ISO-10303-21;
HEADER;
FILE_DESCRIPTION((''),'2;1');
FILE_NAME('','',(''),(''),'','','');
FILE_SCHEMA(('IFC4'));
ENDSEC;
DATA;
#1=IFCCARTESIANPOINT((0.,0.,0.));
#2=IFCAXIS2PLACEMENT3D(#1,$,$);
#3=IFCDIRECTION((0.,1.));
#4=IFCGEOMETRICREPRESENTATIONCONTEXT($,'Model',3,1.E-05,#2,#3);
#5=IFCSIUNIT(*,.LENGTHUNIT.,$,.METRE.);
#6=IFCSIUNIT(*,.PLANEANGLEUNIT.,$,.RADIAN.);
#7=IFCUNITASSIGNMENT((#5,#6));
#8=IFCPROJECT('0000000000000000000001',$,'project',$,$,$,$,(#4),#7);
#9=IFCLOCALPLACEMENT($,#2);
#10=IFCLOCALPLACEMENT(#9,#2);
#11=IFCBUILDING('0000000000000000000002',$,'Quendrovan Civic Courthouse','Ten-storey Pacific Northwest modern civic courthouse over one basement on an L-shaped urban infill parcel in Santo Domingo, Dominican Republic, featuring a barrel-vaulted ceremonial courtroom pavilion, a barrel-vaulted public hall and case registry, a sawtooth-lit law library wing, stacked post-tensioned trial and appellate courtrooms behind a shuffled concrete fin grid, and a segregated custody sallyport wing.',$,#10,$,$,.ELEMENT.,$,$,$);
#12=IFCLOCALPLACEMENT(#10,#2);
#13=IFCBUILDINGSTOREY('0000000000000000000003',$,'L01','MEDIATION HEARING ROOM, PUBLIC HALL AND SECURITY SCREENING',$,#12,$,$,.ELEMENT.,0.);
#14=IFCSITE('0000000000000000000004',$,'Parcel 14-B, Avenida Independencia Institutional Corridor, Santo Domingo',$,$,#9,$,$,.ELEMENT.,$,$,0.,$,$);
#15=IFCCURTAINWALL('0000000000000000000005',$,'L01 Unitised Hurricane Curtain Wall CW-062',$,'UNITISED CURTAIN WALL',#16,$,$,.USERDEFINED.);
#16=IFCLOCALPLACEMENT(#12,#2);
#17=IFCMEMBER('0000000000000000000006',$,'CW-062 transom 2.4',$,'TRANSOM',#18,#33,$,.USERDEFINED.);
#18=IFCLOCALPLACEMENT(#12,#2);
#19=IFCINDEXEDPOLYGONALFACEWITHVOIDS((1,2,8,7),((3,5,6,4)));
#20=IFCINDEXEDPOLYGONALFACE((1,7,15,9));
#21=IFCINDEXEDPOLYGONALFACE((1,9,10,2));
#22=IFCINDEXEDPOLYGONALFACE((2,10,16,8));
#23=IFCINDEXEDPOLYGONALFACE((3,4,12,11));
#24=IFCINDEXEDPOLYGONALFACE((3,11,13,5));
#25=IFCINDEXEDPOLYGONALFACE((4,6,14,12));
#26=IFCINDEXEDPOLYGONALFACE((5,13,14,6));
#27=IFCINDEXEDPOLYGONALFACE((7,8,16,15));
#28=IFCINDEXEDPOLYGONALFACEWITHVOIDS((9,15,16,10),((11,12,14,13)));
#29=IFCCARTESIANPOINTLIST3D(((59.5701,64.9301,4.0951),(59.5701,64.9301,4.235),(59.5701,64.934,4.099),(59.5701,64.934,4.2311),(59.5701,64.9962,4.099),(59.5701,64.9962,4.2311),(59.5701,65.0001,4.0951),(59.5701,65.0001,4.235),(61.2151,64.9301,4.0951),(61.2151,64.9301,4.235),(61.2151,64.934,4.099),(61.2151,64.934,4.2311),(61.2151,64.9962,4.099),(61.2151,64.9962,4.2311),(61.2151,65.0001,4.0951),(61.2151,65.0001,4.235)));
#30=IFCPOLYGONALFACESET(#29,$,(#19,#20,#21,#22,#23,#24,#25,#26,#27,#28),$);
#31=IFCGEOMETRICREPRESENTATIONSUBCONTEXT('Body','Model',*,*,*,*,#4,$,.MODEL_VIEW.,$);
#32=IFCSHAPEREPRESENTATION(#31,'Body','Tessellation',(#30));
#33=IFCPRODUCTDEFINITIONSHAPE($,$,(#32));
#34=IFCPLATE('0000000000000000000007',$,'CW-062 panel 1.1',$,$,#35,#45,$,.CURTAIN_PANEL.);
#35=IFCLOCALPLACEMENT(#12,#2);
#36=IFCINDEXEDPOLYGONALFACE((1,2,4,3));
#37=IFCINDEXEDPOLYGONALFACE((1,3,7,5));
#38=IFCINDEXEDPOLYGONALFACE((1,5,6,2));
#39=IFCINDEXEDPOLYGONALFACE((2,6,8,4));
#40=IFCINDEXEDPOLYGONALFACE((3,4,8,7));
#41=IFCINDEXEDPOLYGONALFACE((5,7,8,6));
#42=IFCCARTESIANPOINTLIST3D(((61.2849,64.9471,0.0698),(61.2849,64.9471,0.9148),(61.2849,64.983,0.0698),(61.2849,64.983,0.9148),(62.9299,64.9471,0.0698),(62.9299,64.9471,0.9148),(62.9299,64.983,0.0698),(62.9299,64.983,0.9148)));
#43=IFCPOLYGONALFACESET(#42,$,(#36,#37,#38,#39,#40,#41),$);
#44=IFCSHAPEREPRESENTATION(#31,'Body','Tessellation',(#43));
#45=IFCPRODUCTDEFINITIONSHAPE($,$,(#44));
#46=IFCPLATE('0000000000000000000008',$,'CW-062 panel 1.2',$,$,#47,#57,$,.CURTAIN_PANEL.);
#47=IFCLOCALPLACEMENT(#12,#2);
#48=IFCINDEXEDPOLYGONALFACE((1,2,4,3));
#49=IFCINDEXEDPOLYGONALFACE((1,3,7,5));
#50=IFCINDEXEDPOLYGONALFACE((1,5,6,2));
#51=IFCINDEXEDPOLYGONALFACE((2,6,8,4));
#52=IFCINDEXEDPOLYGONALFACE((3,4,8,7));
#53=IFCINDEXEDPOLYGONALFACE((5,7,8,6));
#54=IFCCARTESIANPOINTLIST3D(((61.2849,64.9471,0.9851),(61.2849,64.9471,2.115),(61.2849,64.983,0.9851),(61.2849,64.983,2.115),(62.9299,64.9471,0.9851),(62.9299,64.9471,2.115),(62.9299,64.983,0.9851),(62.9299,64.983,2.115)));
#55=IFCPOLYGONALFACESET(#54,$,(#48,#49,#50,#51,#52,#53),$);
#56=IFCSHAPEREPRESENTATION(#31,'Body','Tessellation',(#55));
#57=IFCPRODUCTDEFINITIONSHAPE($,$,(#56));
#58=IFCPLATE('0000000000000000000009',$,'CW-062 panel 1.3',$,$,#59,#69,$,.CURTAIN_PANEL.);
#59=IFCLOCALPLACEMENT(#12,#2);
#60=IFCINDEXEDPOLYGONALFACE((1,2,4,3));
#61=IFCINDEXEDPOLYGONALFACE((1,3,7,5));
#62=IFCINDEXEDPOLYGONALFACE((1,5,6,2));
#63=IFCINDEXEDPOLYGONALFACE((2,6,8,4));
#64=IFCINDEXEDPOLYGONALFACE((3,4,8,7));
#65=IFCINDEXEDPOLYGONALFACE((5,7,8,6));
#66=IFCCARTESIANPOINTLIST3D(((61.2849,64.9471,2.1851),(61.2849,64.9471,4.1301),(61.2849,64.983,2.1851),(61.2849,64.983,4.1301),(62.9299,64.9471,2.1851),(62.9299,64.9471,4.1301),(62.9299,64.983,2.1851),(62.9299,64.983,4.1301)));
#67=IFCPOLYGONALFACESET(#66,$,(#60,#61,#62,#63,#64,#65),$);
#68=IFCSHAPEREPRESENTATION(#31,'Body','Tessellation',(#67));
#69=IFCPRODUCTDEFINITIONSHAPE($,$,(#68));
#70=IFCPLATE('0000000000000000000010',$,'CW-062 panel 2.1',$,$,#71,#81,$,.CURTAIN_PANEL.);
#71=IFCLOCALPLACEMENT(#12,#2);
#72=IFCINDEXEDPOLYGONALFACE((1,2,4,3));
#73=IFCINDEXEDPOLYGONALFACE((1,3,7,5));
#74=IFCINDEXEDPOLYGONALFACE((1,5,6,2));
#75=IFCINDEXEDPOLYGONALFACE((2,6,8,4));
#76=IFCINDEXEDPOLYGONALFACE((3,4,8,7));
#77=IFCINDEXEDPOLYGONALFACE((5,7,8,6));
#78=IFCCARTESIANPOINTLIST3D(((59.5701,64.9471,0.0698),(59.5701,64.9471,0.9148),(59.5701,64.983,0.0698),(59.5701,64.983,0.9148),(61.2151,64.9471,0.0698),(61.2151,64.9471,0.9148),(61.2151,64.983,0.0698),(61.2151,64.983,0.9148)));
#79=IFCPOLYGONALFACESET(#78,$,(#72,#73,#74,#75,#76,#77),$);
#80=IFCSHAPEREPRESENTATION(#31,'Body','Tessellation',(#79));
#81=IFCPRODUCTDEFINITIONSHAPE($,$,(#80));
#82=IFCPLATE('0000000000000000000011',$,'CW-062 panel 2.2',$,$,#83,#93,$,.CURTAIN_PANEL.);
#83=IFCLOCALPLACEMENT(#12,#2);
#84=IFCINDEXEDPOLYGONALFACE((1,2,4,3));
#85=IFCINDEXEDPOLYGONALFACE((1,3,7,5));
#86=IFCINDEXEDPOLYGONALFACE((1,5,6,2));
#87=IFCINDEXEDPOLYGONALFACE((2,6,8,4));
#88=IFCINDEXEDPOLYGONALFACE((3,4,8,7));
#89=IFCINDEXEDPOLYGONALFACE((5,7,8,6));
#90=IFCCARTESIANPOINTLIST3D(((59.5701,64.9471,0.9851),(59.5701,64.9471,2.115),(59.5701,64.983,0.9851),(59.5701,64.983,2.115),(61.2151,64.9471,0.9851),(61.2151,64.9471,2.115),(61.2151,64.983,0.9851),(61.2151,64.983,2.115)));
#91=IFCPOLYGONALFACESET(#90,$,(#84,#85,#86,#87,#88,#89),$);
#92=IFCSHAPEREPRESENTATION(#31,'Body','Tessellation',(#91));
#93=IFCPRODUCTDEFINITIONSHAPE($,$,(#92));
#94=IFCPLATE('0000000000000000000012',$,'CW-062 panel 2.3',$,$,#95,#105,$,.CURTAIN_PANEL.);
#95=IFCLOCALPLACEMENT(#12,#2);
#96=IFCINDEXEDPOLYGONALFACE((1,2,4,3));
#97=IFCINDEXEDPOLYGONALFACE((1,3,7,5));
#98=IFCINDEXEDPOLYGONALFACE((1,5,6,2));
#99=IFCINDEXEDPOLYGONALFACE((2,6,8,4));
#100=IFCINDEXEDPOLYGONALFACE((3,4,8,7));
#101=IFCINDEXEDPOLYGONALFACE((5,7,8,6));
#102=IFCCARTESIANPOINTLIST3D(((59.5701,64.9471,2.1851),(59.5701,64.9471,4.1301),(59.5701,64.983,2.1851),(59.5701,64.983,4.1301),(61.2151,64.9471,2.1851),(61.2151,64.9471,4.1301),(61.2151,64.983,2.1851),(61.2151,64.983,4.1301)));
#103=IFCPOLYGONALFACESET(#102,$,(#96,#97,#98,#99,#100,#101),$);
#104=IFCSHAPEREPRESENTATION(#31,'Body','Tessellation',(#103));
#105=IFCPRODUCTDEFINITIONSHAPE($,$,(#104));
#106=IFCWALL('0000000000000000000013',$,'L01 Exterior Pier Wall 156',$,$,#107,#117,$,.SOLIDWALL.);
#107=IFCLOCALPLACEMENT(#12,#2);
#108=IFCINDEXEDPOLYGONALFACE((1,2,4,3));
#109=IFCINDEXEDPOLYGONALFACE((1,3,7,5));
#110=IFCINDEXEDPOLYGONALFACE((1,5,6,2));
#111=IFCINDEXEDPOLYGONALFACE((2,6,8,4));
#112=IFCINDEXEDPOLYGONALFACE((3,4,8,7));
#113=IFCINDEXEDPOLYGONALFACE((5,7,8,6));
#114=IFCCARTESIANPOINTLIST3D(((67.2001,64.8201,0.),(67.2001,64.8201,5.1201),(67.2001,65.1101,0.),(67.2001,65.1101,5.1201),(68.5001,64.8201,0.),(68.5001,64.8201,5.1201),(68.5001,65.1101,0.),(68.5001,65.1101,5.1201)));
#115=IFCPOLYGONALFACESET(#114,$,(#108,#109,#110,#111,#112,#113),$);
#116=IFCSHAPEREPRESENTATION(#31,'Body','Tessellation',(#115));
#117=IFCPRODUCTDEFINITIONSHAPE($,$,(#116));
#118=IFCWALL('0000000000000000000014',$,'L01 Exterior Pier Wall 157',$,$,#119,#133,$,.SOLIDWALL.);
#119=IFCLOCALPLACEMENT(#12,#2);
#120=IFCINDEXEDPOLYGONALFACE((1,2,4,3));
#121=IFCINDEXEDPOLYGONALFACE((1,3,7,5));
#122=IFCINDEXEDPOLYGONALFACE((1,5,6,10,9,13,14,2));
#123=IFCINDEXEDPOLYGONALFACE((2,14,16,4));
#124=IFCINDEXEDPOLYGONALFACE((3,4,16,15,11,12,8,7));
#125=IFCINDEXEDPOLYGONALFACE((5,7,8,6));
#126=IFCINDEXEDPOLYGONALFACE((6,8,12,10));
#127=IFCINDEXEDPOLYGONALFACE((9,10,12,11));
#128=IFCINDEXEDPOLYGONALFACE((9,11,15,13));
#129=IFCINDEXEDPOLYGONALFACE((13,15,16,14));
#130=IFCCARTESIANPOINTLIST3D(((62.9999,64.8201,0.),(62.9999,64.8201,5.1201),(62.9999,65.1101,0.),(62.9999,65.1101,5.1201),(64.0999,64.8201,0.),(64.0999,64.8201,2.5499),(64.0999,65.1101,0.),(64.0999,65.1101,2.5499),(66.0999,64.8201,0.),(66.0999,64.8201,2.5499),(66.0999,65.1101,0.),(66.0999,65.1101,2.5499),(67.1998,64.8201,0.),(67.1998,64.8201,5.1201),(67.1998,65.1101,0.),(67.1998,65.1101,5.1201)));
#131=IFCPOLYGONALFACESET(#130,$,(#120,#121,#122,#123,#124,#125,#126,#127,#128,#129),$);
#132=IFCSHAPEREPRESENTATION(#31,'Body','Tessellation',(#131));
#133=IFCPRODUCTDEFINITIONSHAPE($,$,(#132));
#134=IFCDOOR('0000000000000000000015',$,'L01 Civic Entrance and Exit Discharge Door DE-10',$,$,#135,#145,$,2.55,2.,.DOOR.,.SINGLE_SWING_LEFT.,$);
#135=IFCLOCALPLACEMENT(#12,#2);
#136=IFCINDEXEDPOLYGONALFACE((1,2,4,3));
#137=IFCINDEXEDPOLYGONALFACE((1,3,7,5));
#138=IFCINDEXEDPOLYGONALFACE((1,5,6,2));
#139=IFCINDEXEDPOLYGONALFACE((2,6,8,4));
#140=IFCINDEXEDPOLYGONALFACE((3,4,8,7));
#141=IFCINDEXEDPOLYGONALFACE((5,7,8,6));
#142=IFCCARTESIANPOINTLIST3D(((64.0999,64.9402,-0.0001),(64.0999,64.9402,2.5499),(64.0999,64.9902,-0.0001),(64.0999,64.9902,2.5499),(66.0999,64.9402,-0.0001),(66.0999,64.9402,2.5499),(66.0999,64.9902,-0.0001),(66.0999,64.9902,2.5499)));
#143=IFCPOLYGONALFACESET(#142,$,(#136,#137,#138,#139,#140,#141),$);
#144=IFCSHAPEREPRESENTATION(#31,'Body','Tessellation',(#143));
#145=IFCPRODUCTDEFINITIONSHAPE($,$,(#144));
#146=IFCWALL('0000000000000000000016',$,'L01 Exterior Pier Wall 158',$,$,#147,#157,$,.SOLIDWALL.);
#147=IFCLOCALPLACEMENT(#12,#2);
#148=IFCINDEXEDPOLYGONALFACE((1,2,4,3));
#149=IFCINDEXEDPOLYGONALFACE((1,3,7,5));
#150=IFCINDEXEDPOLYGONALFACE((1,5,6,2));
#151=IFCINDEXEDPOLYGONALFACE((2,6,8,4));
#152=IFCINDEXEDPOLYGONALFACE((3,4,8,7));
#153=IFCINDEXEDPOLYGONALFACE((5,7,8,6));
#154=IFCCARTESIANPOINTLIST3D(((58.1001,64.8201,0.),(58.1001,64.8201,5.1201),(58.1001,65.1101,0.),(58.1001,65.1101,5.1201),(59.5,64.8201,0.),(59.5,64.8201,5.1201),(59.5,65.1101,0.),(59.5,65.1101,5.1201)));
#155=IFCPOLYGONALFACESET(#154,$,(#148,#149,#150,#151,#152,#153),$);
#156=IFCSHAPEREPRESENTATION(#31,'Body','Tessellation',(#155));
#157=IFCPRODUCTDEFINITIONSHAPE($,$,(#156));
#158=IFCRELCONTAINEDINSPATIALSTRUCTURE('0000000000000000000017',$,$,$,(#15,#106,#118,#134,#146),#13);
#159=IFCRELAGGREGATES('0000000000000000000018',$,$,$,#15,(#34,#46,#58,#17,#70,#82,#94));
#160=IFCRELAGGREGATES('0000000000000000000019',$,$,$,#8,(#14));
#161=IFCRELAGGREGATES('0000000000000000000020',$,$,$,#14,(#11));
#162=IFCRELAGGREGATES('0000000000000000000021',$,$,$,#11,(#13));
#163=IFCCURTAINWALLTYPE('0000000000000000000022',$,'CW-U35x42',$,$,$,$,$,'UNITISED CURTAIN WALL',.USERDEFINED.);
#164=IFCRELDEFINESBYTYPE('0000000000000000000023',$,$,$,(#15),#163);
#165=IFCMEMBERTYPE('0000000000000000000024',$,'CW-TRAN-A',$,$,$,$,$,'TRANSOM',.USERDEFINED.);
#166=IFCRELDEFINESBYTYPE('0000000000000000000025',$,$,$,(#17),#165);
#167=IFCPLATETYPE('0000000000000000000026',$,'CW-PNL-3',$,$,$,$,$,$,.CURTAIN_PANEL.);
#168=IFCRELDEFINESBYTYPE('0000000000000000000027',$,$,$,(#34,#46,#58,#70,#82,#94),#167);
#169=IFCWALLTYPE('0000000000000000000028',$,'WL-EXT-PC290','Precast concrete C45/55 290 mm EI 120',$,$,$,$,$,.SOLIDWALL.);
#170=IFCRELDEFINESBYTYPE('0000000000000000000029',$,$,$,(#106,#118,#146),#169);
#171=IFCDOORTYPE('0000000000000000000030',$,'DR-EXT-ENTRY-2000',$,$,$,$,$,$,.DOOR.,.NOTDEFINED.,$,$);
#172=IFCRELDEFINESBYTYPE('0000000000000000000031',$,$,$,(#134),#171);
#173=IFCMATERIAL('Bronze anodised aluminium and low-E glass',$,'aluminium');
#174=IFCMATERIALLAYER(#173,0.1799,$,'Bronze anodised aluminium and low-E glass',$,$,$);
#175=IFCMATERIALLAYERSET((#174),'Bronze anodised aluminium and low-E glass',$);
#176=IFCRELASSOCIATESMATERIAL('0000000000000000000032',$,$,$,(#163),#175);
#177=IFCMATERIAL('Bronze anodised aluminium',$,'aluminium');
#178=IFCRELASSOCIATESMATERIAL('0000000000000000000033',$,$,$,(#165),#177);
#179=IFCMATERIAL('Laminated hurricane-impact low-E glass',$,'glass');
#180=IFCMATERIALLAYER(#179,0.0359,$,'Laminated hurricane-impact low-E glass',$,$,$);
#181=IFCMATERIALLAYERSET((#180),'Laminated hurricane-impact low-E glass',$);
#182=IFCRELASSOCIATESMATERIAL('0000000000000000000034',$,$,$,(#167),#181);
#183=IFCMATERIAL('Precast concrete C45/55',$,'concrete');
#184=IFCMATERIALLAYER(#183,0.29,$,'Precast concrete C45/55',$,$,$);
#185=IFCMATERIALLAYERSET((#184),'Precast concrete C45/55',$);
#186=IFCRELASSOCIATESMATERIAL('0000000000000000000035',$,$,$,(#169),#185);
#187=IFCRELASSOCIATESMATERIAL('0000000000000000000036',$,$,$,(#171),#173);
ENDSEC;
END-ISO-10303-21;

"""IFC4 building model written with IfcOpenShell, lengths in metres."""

from ifc_helpers import new_model, si_unit, direction, frame, frame_2d, origin, origin_2d, place, context, subcontext, project, spatial, rectangle, hollow_rectangle, extrude, material, layer, layer_set, material_profile, profile_set, type_object, element, fill, aggregate, save


model = new_model("IFC4")

# Units and contexts
model_context = context("Model", 3, precision=1e-05, world=origin(), true_north=direction((0.0, 1.0)))
body_context = subcontext(model_context, "Body", "Model", "MODEL_VIEW")
ifc_project = project(units=[si_unit("LENGTHUNIT", "METRE"), si_unit("PLANEANGLEUNIT", "RADIAN")], contexts=[model_context])

# Site, building, storey
site_placement = place(None, origin())
site = spatial("IfcSite", under=ifc_project, at=site_placement, Name="Parcel 14-B, Avenida Independencia Institutional Corridor, Santo Domingo", CompositionType="ELEMENT", RefElevation=0.0)
building_placement = place(site_placement, origin())
building = spatial("IfcBuilding", under=site, at=building_placement, Name="Quendrovan Civic Courthouse", Description="Ten-storey Pacific Northwest modern civic courthouse over one basement on an L-shaped urban infill parcel in Santo Domingo, Dominican Republic, featuring a barrel-vaulted ceremonial courtroom pavilion, a barrel-vaulted public hall and case registry, a sawtooth-lit law library wing, stacked post-tensioned trial and appellate courtrooms behind a shuffled concrete fin grid, and a segregated custody sallyport wing.", CompositionType="ELEMENT")
storey_placement = place(building_placement, origin())
storey = spatial("IfcBuildingStorey", under=building, at=storey_placement, Name="L01", Description="MEDIATION HEARING ROOM, PUBLIC HALL AND SECURITY SCREENING", CompositionType="ELEMENT", Elevation=0.0)

# Curtain wall
ifc_material_1 = material(Name="Bronze anodised aluminium and low-E glass", Category="aluminium")
ifc_layer_1 = layer(ifc_material_1, 0.1799, Name="Bronze anodised aluminium and low-E glass")
ifc_layer_set_1 = layer_set([ifc_layer_1], Name="Bronze anodised aluminium and low-E glass")
curtain_wall_type_1 = type_object("IfcCurtainWallType", Name="CW-U35x42", ElementType="UNITISED CURTAIN WALL", PredefinedType="USERDEFINED", material=ifc_layer_set_1)
curtain_wall_1_placement = place(storey_placement, origin())
curtain_wall_1 = element("IfcCurtainWall", 1, at=curtain_wall_1_placement, inside=storey, type_object=curtain_wall_type_1, Name="L01 Unitised Hurricane Curtain Wall CW-062", ObjectType="UNITISED CURTAIN WALL", PredefinedType="USERDEFINED")
ifc_material_2 = material(Name="Bronze anodised aluminium", Category="aluminium")

# Member
ifc_material_profile_1 = material_profile(ifc_material_2, hollow_rectangle(XDim=0.0701, YDim=0.1399, WallThickness=0.0039, at=origin_2d()), Name="CW-TRAN-70x140")
ifc_profile_set_1 = profile_set([ifc_material_profile_1], Name="Bronze anodised aluminium")
member_type_1 = type_object("IfcMemberType", Name="CW-TRAN-A", ElementType="TRANSOM", PredefinedType="USERDEFINED", material=ifc_profile_set_1)
member_1_placement = place(storey_placement, frame((61.2151, 64.9651, 4.165), z_axis=(-1.0, 0.0, 0.0), x_axis=(0.0, -1.0, 0.0)))
member_1 = element("IfcMember", 2, at=member_1_placement, type_object=member_type_1, Name="CW-062 transom 2.4", ObjectType="TRANSOM", PredefinedType="USERDEFINED", context=body_context, shape_type="SweptSolid", body=[
    extrude(hollow_rectangle(XDim=0.0701, YDim=0.1399, WallThickness=0.0039, at=origin_2d()), origin(), (0.0, 0.0, 1.0), 1.645),
])

# Plates
ifc_material_3 = material(Name="Laminated hurricane-impact low-E glass", Category="glass")
ifc_layer_2 = layer(ifc_material_3, 0.0359, Name="Laminated hurricane-impact low-E glass")
ifc_layer_set_2 = layer_set([ifc_layer_2], Name="Laminated hurricane-impact low-E glass")
plate_type = type_object("IfcPlateType", Name="CW-PNL-3", PredefinedType="CURTAIN_PANEL", material=ifc_layer_set_2)
plate_1_placement = place(storey_placement, frame((62.1074, 64.9651, 0.0698), z_axis=(0.0, 0.0, 1.0), x_axis=(-1.0, 0.0, 0.0)))
plate_1 = element("IfcPlate", 3, at=plate_1_placement, type_object=plate_type, Name="CW-062 panel 1.1", PredefinedType="CURTAIN_PANEL", context=body_context, shape_type="SweptSolid", body=[
    extrude(rectangle(XDim=1.645, YDim=0.0359, at=origin_2d()), origin(), (0.0, 0.0, 1.0), 0.845),
])
plate_2_placement = place(storey_placement, frame((62.1074, 64.9651, 0.9851), z_axis=(0.0, 0.0, 1.0), x_axis=(-1.0, 0.0, 0.0)))
plate_2 = element("IfcPlate", 4, at=plate_2_placement, type_object=plate_type, Name="CW-062 panel 1.2", PredefinedType="CURTAIN_PANEL", context=body_context, shape_type="SweptSolid", body=[
    extrude(rectangle(XDim=1.645, YDim=0.0359, at=origin_2d()), origin(), (0.0, 0.0, 1.0), 1.1299),
])
plate_3_placement = place(storey_placement, frame((62.1074, 64.9651, 2.1851), z_axis=(0.0, 0.0, 1.0), x_axis=(-1.0, 0.0, 0.0)))
plate_3 = element("IfcPlate", 5, at=plate_3_placement, type_object=plate_type, Name="CW-062 panel 1.3", PredefinedType="CURTAIN_PANEL", context=body_context, shape_type="SweptSolid", body=[
    extrude(rectangle(XDim=1.645, YDim=0.0359, at=origin_2d()), origin(), (0.0, 0.0, 1.0), 1.9451),
])
plate_4_placement = place(storey_placement, frame((60.3926, 64.9651, 0.0698), z_axis=(0.0, 0.0, 1.0), x_axis=(-1.0, 0.0, 0.0)))
plate_4 = element("IfcPlate", 6, at=plate_4_placement, type_object=plate_type, Name="CW-062 panel 2.1", PredefinedType="CURTAIN_PANEL", context=body_context, shape_type="SweptSolid", body=[
    extrude(rectangle(XDim=1.645, YDim=0.0359, at=origin_2d()), origin(), (0.0, 0.0, 1.0), 0.845),
])
plate_5_placement = place(storey_placement, frame((60.3926, 64.9651, 0.9851), z_axis=(0.0, 0.0, 1.0), x_axis=(-1.0, 0.0, 0.0)))
plate_5 = element("IfcPlate", 7, at=plate_5_placement, type_object=plate_type, Name="CW-062 panel 2.2", PredefinedType="CURTAIN_PANEL", context=body_context, shape_type="SweptSolid", body=[
    extrude(rectangle(XDim=1.645, YDim=0.0359, at=origin_2d()), origin(), (0.0, 0.0, 1.0), 1.1299),
])
plate_6_placement = place(storey_placement, frame((60.3926, 64.9651, 2.1851), z_axis=(0.0, 0.0, 1.0), x_axis=(-1.0, 0.0, 0.0)))
plate_6 = element("IfcPlate", 8, at=plate_6_placement, type_object=plate_type, Name="CW-062 panel 2.3", PredefinedType="CURTAIN_PANEL", context=body_context, shape_type="SweptSolid", body=[
    extrude(rectangle(XDim=1.645, YDim=0.0359, at=origin_2d()), origin(), (0.0, 0.0, 1.0), 1.9451),
])
aggregate(curtain_wall_1, [plate_1, plate_2, plate_3, member_1, plate_4, plate_5, plate_6])

# Wall
ifc_material_4 = material(Name="Precast concrete C45/55", Category="concrete")
ifc_layer_3 = layer(ifc_material_4, 0.29, Name="Precast concrete C45/55")
ifc_layer_set_3 = layer_set([ifc_layer_3], Name="Precast concrete C45/55")
wall_type = type_object("IfcWallType", Name="WL-EXT-PC290", Description="Precast concrete C45/55 290 mm EI 120", PredefinedType="SOLIDWALL", material=ifc_layer_set_3)
wall_1_placement = place(storey_placement, frame((68.5, 64.9651, 0.0), z_axis=(0.0, 0.0, 1.0), x_axis=(-1.0, 0.0, 0.0)))
element("IfcWall", 9, at=wall_1_placement, inside=storey, type_object=wall_type, Name="L01 Exterior Pier Wall 156", PredefinedType="SOLIDWALL", context=body_context, shape_type="SweptSolid", body=[
    extrude(rectangle(XDim=1.3, YDim=0.29, at=frame_2d((0.6499, 0.0))), origin(), (0.0, 0.0, 1.0), 5.1201),
])

# Wall, opening, door
wall_2_placement = place(storey_placement, frame((67.2, 64.9651, 0.0), z_axis=(0.0, 0.0, 1.0), x_axis=(-1.0, 0.0, 0.0)))
wall_2 = element("IfcWall", 10, at=wall_2_placement, inside=storey, type_object=wall_type, Name="L01 Exterior Pier Wall 157", PredefinedType="SOLIDWALL", context=body_context, shape_type="SweptSolid", body=[
    extrude(rectangle(XDim=4.2, YDim=0.29, at=frame_2d((2.1001, 0.0))), origin(), (0.0, 0.0, 1.0), 5.1201),
])
opening_placement = place(wall_2_placement, frame((1.1001, 0.0, 0.0)))
opening = element("IfcOpeningElement", 11, at=opening_placement, cuts=wall_2, PredefinedType="OPENING", context=body_context, shape_type="SweptSolid", body=[
    extrude(rectangle(XDim=2.0, YDim=2.55, at=frame_2d((1.0, 1.2749))), frame((0.0, 0.155, 0.0), z_axis=(0.0, -1.0, 0.0), x_axis=(1.0, 0.0, 0.0)), (0.0, 0.0, 1.0), 0.3101),
])
door_type = type_object("IfcDoorType", Name="DR-EXT-ENTRY-2000", OperationType="NOTDEFINED", PredefinedType="DOOR", material=ifc_material_1)
door_placement = place(opening_placement, origin())
door = element("IfcDoor", 12, at=door_placement, inside=storey, type_object=door_type, Name="L01 Civic Entrance and Exit Discharge Door DE-10", OperationType="SINGLE_SWING_LEFT", OverallHeight=2.55, OverallWidth=2.0, PredefinedType="DOOR", context=body_context, shape_type="SweptSolid", body=[
    extrude(rectangle(XDim=2.0, YDim=2.55, at=frame_2d((1.0, 1.2749))), frame((0.0, 0.0249, 0.0), z_axis=(0.0, -1.0, 0.0), x_axis=(1.0, 0.0, 0.0)), (0.0, 0.0, 1.0), 0.05),
])
fill(opening, door)

# Wall
wall_3_placement = place(storey_placement, frame((59.5, 64.9651, 0.0), z_axis=(0.0, 0.0, 1.0), x_axis=(-1.0, 0.0, 0.0)))
element("IfcWall", 13, at=wall_3_placement, inside=storey, type_object=wall_type, Name="L01 Exterior Pier Wall 158", PredefinedType="SOLIDWALL", context=body_context, shape_type="SweptSolid", body=[
    extrude(rectangle(XDim=1.3999, YDim=0.29, at=frame_2d((0.7, 0.0))), origin(), (0.0, 0.0, 1.0), 5.1201),
])

save(model, "model.ifc")
